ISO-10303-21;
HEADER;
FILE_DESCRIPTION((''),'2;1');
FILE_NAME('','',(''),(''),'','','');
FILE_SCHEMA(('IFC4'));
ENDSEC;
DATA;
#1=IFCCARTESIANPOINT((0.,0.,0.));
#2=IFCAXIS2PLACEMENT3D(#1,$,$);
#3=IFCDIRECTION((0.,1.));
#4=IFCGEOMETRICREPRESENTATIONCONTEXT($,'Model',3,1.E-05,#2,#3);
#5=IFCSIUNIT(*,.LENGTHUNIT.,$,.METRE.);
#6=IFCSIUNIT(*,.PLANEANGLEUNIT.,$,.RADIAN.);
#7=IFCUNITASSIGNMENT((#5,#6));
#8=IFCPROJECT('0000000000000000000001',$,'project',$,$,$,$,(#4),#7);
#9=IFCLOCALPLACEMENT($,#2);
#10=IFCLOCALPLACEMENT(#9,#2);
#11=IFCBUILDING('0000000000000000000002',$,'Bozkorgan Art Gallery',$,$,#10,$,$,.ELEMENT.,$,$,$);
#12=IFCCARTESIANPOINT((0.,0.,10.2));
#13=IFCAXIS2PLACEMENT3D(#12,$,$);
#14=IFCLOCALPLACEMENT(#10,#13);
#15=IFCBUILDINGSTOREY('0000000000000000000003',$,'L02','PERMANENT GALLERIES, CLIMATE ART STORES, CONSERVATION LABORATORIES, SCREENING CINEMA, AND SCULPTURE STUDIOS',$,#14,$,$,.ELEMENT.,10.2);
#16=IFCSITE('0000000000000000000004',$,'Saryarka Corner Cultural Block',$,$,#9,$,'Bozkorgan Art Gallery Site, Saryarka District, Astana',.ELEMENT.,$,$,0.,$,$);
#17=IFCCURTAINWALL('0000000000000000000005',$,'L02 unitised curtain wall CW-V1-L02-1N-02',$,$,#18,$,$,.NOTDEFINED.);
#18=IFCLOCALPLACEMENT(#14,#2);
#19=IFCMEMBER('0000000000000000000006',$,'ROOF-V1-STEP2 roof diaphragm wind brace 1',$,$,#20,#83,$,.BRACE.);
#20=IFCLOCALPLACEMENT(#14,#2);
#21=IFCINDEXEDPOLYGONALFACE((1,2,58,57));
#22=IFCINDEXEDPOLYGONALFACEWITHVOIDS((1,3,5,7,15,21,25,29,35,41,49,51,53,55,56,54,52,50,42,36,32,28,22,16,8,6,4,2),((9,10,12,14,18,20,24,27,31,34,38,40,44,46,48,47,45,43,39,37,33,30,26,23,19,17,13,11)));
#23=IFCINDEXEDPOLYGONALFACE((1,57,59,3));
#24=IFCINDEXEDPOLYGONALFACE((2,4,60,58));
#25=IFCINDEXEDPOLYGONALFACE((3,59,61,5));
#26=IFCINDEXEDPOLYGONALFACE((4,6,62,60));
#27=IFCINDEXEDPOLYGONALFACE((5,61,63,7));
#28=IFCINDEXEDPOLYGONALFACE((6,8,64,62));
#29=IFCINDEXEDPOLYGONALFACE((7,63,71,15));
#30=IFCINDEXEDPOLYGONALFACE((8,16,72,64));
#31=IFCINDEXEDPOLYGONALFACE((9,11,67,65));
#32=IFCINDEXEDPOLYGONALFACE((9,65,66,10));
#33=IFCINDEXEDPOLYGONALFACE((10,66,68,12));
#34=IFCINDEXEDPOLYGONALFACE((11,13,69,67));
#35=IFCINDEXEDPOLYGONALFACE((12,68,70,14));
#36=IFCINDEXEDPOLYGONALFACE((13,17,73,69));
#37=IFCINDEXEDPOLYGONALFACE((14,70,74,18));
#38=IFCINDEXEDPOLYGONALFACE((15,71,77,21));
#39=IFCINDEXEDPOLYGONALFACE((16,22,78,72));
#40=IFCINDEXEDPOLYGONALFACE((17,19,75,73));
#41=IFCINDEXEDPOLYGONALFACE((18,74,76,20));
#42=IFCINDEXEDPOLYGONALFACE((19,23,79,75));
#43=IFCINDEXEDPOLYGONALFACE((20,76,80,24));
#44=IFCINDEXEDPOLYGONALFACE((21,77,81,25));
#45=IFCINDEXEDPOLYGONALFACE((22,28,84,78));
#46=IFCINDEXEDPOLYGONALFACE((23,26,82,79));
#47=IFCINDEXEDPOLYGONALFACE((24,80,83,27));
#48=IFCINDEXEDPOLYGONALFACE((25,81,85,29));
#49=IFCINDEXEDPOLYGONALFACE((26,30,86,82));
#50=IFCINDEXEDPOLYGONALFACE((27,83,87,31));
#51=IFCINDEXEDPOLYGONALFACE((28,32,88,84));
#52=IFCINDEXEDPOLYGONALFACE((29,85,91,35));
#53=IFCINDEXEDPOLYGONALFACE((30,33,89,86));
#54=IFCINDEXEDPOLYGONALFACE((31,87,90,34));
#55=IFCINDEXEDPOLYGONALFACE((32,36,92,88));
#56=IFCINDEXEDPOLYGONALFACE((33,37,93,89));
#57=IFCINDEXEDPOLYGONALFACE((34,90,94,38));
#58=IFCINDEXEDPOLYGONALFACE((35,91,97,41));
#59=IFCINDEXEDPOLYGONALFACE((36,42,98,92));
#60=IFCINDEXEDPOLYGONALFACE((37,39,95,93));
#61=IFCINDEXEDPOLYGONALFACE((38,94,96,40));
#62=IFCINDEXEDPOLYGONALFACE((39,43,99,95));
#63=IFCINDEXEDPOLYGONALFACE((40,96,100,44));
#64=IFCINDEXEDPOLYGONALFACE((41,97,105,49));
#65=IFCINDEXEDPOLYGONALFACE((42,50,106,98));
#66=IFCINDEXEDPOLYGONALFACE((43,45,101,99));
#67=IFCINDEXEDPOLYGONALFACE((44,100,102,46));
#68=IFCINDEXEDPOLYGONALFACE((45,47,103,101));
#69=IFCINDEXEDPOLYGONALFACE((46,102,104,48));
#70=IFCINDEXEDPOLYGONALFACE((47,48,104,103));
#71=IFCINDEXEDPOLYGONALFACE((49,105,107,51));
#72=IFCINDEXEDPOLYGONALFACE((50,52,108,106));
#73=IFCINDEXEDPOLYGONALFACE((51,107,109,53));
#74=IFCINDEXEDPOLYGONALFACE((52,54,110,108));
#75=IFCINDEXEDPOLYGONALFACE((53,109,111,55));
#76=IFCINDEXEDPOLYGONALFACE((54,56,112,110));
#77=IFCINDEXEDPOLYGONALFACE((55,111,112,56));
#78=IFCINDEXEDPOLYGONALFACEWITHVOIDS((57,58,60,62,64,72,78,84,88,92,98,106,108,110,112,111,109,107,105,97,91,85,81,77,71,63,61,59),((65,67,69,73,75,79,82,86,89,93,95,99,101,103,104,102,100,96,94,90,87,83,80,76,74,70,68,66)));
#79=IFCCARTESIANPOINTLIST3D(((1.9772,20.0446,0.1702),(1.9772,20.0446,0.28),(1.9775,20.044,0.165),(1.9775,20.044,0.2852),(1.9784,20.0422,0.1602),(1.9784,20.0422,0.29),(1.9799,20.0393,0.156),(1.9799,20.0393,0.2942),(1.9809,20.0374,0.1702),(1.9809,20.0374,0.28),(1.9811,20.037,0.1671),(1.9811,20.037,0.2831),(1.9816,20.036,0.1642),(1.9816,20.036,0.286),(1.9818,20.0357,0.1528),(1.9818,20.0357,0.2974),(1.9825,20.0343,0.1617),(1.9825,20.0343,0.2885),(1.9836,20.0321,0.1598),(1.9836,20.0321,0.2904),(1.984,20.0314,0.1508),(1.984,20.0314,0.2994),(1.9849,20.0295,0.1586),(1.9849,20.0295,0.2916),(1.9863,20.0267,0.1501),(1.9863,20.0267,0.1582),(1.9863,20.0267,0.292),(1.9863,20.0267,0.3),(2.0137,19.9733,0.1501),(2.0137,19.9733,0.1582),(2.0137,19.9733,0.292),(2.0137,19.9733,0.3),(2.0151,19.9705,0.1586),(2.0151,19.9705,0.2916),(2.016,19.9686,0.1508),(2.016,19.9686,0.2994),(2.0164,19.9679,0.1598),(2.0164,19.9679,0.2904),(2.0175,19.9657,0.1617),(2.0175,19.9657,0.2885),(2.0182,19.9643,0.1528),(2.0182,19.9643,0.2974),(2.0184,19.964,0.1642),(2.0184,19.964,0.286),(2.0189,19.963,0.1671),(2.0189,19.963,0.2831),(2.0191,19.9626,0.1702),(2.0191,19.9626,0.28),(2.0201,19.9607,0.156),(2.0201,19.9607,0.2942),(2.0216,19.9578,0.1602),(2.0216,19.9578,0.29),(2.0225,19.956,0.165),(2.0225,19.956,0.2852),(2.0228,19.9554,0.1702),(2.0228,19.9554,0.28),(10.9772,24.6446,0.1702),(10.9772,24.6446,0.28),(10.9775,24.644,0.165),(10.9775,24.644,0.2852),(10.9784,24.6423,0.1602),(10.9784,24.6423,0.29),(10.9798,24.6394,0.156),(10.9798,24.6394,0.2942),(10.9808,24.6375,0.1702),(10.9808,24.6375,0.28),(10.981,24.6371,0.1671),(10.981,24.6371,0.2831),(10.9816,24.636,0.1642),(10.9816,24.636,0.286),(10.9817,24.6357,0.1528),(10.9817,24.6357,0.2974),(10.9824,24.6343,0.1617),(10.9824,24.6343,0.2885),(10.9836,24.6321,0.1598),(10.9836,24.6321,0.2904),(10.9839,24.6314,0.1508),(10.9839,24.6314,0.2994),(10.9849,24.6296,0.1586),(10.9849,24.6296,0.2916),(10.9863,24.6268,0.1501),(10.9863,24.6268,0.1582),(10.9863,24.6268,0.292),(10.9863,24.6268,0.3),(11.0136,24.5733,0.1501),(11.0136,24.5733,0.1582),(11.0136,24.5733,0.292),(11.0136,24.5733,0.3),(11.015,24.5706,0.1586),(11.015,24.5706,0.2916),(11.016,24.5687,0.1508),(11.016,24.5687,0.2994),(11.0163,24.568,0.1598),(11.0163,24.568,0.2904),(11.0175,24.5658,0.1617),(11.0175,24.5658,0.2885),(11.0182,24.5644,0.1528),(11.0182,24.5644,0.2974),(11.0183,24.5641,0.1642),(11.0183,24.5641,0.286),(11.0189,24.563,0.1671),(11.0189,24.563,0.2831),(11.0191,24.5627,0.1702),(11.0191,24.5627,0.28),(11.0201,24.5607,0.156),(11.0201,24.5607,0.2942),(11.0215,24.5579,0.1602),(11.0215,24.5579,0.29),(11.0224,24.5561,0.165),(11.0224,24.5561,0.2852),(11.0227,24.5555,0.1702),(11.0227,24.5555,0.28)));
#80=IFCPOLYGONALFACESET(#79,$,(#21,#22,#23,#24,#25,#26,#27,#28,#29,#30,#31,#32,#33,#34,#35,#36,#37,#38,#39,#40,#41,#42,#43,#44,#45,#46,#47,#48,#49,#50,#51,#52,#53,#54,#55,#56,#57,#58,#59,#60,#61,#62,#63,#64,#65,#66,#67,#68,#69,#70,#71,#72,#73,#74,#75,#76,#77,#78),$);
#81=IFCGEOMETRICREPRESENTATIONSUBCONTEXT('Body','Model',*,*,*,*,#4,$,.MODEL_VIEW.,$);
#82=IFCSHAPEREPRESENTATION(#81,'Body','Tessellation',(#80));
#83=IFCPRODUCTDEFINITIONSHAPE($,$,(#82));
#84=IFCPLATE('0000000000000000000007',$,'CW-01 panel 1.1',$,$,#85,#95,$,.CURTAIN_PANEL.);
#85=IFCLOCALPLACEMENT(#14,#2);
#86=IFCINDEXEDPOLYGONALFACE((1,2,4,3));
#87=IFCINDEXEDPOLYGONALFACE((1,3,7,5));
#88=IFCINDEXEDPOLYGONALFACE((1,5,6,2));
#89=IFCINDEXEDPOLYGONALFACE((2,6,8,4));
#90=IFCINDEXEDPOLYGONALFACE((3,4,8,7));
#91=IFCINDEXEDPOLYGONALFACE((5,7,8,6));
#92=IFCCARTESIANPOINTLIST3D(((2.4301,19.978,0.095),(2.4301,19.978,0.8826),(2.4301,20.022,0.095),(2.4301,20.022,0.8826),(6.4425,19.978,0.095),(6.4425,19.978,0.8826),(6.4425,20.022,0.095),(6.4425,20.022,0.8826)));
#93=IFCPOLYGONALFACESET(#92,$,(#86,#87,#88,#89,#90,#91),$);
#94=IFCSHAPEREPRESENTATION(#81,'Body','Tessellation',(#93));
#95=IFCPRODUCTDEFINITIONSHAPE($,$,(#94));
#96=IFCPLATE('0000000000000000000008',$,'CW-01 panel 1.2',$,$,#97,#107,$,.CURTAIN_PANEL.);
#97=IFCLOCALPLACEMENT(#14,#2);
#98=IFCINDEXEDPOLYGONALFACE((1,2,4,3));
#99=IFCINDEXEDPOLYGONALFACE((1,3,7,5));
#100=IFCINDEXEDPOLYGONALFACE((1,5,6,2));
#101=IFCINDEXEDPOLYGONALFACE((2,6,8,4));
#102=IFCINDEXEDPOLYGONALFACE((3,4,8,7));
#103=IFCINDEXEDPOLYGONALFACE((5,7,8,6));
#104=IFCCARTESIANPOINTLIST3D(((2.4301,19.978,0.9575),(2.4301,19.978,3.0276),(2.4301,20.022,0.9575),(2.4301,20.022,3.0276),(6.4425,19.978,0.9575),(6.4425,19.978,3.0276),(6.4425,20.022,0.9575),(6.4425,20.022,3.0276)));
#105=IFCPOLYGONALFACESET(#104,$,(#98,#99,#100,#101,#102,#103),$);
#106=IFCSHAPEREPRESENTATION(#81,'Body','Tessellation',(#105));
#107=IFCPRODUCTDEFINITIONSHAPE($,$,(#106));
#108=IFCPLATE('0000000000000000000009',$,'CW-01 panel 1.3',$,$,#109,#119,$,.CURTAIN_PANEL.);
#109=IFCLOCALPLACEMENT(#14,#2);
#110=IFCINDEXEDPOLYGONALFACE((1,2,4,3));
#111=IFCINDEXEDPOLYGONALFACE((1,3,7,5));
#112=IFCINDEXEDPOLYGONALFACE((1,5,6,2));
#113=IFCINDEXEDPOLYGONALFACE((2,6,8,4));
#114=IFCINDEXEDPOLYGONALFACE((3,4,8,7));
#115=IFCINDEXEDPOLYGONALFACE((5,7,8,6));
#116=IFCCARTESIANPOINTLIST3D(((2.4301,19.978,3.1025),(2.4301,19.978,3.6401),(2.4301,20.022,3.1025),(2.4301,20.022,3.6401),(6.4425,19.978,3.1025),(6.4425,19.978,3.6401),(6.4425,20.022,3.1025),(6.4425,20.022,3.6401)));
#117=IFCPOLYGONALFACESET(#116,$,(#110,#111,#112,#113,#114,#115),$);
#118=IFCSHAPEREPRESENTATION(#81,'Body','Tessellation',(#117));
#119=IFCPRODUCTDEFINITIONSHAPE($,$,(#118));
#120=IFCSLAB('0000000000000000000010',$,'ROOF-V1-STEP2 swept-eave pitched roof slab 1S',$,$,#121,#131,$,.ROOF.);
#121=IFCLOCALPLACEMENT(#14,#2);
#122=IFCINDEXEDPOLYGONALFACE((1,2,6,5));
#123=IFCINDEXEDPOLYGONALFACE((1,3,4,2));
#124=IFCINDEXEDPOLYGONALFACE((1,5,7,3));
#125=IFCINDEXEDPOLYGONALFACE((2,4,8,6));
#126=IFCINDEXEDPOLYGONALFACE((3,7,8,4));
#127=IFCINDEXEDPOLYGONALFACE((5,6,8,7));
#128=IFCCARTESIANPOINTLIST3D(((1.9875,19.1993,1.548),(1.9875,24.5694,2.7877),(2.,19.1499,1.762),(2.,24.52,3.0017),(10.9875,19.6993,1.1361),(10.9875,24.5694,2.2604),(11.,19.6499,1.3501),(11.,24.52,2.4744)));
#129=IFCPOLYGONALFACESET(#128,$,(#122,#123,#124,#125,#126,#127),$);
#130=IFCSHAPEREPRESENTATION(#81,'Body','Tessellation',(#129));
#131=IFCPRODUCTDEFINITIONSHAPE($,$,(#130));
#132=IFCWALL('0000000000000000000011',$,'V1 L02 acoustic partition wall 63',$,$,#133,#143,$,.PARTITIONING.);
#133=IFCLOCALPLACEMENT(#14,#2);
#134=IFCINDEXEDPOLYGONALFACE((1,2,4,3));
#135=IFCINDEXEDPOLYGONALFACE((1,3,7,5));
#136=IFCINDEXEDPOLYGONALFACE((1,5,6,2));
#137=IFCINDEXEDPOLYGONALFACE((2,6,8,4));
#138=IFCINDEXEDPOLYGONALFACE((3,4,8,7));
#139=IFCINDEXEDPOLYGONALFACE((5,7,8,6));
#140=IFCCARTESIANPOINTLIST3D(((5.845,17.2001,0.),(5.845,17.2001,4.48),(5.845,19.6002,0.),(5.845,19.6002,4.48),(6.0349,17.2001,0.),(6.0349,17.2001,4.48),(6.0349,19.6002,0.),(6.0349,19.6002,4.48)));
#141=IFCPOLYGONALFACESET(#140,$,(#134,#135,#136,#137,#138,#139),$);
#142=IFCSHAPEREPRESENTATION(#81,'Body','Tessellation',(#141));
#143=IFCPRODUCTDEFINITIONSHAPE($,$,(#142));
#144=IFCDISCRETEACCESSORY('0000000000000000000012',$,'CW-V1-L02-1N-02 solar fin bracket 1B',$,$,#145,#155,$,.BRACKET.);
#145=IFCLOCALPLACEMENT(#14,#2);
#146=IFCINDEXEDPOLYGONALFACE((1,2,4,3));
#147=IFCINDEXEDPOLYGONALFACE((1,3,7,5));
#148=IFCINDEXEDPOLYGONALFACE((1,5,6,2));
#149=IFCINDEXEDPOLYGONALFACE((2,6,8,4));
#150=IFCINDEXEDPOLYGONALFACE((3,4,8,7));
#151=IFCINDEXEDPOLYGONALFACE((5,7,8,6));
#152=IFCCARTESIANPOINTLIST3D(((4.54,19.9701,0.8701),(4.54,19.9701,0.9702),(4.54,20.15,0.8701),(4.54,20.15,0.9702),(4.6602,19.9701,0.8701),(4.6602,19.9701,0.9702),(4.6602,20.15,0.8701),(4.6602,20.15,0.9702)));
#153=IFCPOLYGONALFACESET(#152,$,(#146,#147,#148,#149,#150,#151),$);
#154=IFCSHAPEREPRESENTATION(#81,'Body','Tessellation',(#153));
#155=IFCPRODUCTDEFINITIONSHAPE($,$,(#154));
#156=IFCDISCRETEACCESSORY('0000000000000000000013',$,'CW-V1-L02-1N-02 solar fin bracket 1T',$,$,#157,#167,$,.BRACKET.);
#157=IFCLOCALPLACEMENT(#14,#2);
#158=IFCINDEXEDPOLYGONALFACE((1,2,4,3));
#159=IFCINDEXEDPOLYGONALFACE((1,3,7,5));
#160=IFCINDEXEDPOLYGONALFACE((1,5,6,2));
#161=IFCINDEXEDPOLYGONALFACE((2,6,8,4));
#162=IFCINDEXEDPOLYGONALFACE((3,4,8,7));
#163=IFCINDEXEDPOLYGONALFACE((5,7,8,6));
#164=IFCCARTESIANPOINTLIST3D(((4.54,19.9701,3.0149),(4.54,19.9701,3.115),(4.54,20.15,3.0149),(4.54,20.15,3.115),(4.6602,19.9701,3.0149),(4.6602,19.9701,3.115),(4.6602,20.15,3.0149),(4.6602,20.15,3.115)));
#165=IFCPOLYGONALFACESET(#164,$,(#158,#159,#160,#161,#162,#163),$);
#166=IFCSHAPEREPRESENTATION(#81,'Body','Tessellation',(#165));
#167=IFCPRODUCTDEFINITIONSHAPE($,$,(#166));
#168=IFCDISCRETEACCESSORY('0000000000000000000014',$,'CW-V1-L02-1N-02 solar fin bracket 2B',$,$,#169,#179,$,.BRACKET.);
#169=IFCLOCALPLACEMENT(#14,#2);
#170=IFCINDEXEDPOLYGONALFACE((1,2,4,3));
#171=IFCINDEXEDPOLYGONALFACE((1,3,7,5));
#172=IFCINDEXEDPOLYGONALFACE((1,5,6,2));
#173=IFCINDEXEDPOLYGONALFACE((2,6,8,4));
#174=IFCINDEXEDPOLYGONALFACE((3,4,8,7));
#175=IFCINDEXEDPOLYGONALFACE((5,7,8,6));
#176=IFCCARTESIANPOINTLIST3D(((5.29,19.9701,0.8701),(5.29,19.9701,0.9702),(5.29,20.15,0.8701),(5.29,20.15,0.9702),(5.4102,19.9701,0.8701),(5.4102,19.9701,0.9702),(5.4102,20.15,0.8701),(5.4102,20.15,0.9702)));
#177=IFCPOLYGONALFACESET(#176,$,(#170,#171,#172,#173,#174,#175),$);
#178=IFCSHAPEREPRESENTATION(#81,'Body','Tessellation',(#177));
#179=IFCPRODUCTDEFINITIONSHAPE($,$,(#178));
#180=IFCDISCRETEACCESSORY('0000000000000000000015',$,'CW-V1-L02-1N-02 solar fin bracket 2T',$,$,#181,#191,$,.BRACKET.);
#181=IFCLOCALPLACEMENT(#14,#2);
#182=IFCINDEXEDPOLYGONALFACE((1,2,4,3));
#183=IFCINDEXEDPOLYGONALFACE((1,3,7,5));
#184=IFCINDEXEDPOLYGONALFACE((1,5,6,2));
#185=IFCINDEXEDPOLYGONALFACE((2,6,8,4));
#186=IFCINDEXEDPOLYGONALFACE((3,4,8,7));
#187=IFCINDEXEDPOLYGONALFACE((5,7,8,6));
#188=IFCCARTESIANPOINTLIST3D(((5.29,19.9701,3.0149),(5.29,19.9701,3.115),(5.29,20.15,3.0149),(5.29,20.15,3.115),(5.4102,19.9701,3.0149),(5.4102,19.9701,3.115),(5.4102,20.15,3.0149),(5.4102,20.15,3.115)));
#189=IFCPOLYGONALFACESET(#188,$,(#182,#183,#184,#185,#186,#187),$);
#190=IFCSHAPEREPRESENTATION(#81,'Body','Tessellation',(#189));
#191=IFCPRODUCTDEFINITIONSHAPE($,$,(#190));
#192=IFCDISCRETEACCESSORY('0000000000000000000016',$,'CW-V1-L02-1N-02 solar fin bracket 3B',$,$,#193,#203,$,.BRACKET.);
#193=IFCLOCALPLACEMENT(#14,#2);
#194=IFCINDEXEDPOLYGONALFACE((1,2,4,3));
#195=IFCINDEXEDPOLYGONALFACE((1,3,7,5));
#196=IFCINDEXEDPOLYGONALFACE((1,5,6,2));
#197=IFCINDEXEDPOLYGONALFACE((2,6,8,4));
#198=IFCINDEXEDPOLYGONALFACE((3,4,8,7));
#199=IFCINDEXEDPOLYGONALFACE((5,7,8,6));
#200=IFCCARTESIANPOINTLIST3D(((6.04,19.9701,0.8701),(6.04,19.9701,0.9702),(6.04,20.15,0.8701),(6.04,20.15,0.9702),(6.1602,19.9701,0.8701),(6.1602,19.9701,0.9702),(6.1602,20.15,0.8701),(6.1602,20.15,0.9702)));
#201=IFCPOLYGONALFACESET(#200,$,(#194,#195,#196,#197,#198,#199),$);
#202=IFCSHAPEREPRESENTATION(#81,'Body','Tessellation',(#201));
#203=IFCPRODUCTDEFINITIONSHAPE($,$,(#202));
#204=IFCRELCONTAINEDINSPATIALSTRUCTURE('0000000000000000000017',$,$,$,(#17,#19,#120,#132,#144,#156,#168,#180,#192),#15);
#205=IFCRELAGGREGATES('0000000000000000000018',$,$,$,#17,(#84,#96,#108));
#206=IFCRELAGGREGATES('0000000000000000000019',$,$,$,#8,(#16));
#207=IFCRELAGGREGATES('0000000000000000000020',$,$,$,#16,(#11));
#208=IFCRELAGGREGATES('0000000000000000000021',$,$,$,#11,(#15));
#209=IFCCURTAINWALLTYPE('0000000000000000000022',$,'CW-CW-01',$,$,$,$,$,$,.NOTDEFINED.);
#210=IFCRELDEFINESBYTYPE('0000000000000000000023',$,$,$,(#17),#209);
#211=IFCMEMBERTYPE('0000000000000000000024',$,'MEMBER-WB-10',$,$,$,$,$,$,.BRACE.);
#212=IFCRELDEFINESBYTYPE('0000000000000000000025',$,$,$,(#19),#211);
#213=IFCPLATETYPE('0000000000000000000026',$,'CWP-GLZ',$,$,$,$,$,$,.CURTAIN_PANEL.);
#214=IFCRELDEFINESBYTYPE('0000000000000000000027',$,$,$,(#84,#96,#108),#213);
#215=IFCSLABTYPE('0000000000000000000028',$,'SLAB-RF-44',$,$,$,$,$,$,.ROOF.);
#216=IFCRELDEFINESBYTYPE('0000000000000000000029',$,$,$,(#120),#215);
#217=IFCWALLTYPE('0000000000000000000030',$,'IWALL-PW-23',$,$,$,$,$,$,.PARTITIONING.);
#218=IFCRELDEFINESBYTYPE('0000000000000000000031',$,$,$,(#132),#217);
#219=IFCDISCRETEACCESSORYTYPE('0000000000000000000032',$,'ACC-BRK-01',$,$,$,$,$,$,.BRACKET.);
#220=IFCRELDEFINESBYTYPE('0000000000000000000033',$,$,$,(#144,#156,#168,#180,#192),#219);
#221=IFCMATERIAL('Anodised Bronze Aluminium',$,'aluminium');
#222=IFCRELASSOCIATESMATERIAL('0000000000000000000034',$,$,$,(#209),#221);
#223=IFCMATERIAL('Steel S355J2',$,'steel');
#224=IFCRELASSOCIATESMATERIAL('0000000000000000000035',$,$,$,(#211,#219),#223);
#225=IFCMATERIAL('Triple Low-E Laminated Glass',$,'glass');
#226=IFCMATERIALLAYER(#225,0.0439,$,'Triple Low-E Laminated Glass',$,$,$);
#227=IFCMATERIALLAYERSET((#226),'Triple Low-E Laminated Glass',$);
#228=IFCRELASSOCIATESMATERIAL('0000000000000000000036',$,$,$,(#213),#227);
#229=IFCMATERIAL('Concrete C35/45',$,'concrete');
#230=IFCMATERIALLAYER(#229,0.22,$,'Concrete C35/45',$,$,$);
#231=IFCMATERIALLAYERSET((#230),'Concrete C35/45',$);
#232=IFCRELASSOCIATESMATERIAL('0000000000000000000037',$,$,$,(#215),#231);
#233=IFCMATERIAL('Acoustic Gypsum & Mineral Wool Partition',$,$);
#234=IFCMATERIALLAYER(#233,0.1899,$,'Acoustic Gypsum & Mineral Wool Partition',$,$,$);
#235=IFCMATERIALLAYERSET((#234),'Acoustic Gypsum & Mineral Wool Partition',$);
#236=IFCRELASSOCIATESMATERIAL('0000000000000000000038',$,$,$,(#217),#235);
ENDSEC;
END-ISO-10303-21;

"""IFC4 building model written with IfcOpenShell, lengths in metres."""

from ifc_helpers import new_model, si_unit, direction, frame, frame_2d, origin, origin_2d, place, context, subcontext, project, spatial, polyline, rectangle, hollow_rectangle, outline, extrude, material, layer, layer_set, material_profile, profile_set, type_object, element, aggregate, save


model = new_model("IFC4")

# Units and contexts
model_context = context("Model", 3, precision=1e-05, world=origin(), true_north=direction((0.0, 1.0)))
body_context = subcontext(model_context, "Body", "Model", "MODEL_VIEW")
ifc_project = project(units=[si_unit("LENGTHUNIT", "METRE"), si_unit("PLANEANGLEUNIT", "RADIAN")], contexts=[model_context])

# Site, building, storey
site_placement = place(None, origin())
site = spatial("IfcSite", under=ifc_project, at=site_placement, Name="Saryarka Corner Cultural Block", LongName="Bozkorgan Art Gallery Site, Saryarka District, Astana", CompositionType="ELEMENT", RefElevation=0.0)
building_placement = place(site_placement, origin())
building = spatial("IfcBuilding", under=site, at=building_placement, Name="Bozkorgan Art Gallery", CompositionType="ELEMENT")
storey_placement = place(building_placement, frame((0.0, 0.0, 10.2)))
storey = spatial("IfcBuildingStorey", under=building, at=storey_placement, Name="L02", Description="PERMANENT GALLERIES, CLIMATE ART STORES, CONSERVATION LABORATORIES, SCREENING CINEMA, AND SCULPTURE STUDIOS", CompositionType="ELEMENT", Elevation=10.2)

# Shared definitions
ifc_material_1 = material(Name="Concrete C35/45", Category="concrete")
ifc_material_2 = material(Name="Steel S355J2", Category="steel")

# Curtain wall
ifc_material_3 = material(Name="Anodised Bronze Aluminium", Category="aluminium")
curtain_wall_type = type_object("IfcCurtainWallType", Name="CW-CW-01", PredefinedType="NOTDEFINED", material=ifc_material_3)
curtain_wall_placement = place(storey_placement, origin())
curtain_wall = element("IfcCurtainWall", 1, at=curtain_wall_placement, inside=storey, type_object=curtain_wall_type, Name="L02 unitised curtain wall CW-V1-L02-1N-02", PredefinedType="NOTDEFINED")

# Member
ifc_material_profile_1 = material_profile(ifc_material_2, hollow_rectangle(XDim=0.1001, YDim=0.1499, WallThickness=0.0081, InnerFilletRadius=0.012, OuterFilletRadius=0.02, at=origin_2d()), Name="RHS 150x100x8")
ifc_profile_set_1 = profile_set([ifc_material_profile_1], Name="Steel S355J2")
member_type_1 = type_object("IfcMemberType", Name="MEMBER-WB-10", PredefinedType="BRACE", material=ifc_profile_set_1)
member_1_placement = place(storey_placement, frame((2.0, 20.0, 0.2251), z_axis=(0.890431, 0.455119, 0.0), x_axis=(-0.455119, 0.890431, 0.0)))
element("IfcMember", 2, at=member_1_placement, inside=storey, type_object=member_type_1, Name="ROOF-V1-STEP2 roof diaphragm wind brace 1", PredefinedType="BRACE", context=body_context, shape_type="SweptSolid", body=[
    extrude(hollow_rectangle(XDim=0.1001, YDim=0.1499, WallThickness=0.0081, InnerFilletRadius=0.012, OuterFilletRadius=0.02, at=origin_2d()), origin(), (0.0, 0.0, 1.0), 10.1074),
])

# Plates
ifc_material_4 = material(Name="Triple Low-E Laminated Glass", Category="glass")
ifc_layer_1 = layer(ifc_material_4, 0.0439, Name="Triple Low-E Laminated Glass")
ifc_layer_set_1 = layer_set([ifc_layer_1], Name="Triple Low-E Laminated Glass")
plate_type = type_object("IfcPlateType", Name="CWP-GLZ", PredefinedType="CURTAIN_PANEL", material=ifc_layer_set_1)
plate_1_placement = place(storey_placement, frame((4.4363, 20.0, 0.095), z_axis=(0.0, 0.0, 1.0), x_axis=(1.0, 0.0, 0.0)))
plate_1 = element("IfcPlate", 3, at=plate_1_placement, type_object=plate_type, Name="CW-01 panel 1.1", PredefinedType="CURTAIN_PANEL", context=body_context, shape_type="SweptSolid", body=[
    extrude(rectangle(XDim=4.0125, YDim=0.0439, at=origin_2d()), origin(), (0.0, 0.0, 1.0), 0.7876),
])
plate_2_placement = place(storey_placement, frame((4.4363, 20.0, 0.9575), z_axis=(0.0, 0.0, 1.0), x_axis=(1.0, 0.0, 0.0)))
plate_2 = element("IfcPlate", 4, at=plate_2_placement, type_object=plate_type, Name="CW-01 panel 1.2", PredefinedType="CURTAIN_PANEL", context=body_context, shape_type="SweptSolid", body=[
    extrude(rectangle(XDim=4.0125, YDim=0.0439, at=origin_2d()), origin(), (0.0, 0.0, 1.0), 2.0701),
])
plate_3_placement = place(storey_placement, frame((4.4363, 20.0, 3.1025), z_axis=(0.0, 0.0, 1.0), x_axis=(1.0, 0.0, 0.0)))
plate_3 = element("IfcPlate", 5, at=plate_3_placement, type_object=plate_type, Name="CW-01 panel 1.3", PredefinedType="CURTAIN_PANEL", context=body_context, shape_type="SweptSolid", body=[
    extrude(rectangle(XDim=4.0125, YDim=0.0439, at=origin_2d()), origin(), (0.0, 0.0, 1.0), 0.5376),
])
aggregate(curtain_wall, [plate_1, plate_2, plate_3])

# Slab
ifc_layer_2 = layer(ifc_material_1, 0.22, Name="Concrete C35/45")
ifc_layer_set_2 = layer_set([ifc_layer_2], Name="Concrete C35/45")
slab_type = type_object("IfcSlabType", Name="SLAB-RF-44", PredefinedType="ROOF", material=ifc_layer_set_2)
slab_placement = place(storey_placement, frame((2.0, 19.1499, 1.762), z_axis=(0.056997, -0.224574, 0.972789), x_axis=(0.99742, 0.055413, -0.045647)))
element("IfcSlab", 6, at=slab_placement, inside=storey, type_object=slab_type, Name="ROOF-V1-STEP2 swept-eave pitched roof slab 1S", PredefinedType="ROOF", context=body_context, shape_type="SweptSolid", body=[
    extrude(outline(polyline([(0.0, 0.0), (9.0233, 0.0), (9.2418, 4.9934), (0.241, 5.5061), (0.0, 0.0)])), origin(), (0.0, 0.0, -1.0), 0.22),
])

# Wall
ifc_material_5 = material(Name="Acoustic Gypsum & Mineral Wool Partition")
ifc_layer_3 = layer(ifc_material_5, 0.1899, Name="Acoustic Gypsum & Mineral Wool Partition")
ifc_layer_set_3 = layer_set([ifc_layer_3], Name="Acoustic Gypsum & Mineral Wool Partition")
wall_type = type_object("IfcWallType", Name="IWALL-PW-23", PredefinedType="PARTITIONING", material=ifc_layer_set_3)
wall_placement = place(storey_placement, frame((5.9399, 17.2, 0.0), z_axis=(0.0, 0.0, 1.0), x_axis=(0.0, 1.0, 0.0)))
element("IfcWall", 7, at=wall_placement, inside=storey, type_object=wall_type, Name="V1 L02 acoustic partition wall 63", PredefinedType="PARTITIONING", context=body_context, shape_type="SweptSolid", body=[
    extrude(rectangle(XDim=2.4001, YDim=0.1899, at=frame_2d((1.2002, 0.0))), origin(), (0.0, 0.0, 1.0), 4.48),
])

# Discrete accessories
discrete_accessory_type = type_object("IfcDiscreteAccessoryType", Name="ACC-BRK-01", PredefinedType="BRACKET", material=ifc_material_2)
for number, where, z_axis, x_axis, name in (
    (8, (4.6001, 20.0601, 0.8701), (0.0, 0.0, 1.0), (0.0, 1.0, 0.0), "CW-V1-L02-1N-02 solar fin bracket 1B"),
    (9, (4.6001, 20.0601, 3.0149), (0.0, 0.0, 1.0), (0.0, 1.0, 0.0), "CW-V1-L02-1N-02 solar fin bracket 1T"),
    (10, (5.3501, 20.0601, 0.8701), (0.0, 0.0, 1.0), (0.0, 1.0, 0.0), "CW-V1-L02-1N-02 solar fin bracket 2B"),
    (11, (5.3501, 20.0601, 3.0149), (0.0, 0.0, 1.0), (0.0, 1.0, 0.0), "CW-V1-L02-1N-02 solar fin bracket 2T"),
    (12, (6.1001, 20.0601, 0.8701), (0.0, 0.0, 1.0), (0.0, 1.0, 0.0), "CW-V1-L02-1N-02 solar fin bracket 3B"),
):
    element("IfcDiscreteAccessory", number, at=place(storey_placement, frame(where, z_axis=z_axis, x_axis=x_axis)), inside=storey, type_object=discrete_accessory_type, Name=name, PredefinedType="BRACKET", context=body_context, shape_type="SweptSolid", body=[
        extrude(rectangle(XDim=0.1799, YDim=0.1201, at=origin_2d()), origin(), (0.0, 0.0, 1.0), 0.1001),
    ])

save(model, "model.ifc")
